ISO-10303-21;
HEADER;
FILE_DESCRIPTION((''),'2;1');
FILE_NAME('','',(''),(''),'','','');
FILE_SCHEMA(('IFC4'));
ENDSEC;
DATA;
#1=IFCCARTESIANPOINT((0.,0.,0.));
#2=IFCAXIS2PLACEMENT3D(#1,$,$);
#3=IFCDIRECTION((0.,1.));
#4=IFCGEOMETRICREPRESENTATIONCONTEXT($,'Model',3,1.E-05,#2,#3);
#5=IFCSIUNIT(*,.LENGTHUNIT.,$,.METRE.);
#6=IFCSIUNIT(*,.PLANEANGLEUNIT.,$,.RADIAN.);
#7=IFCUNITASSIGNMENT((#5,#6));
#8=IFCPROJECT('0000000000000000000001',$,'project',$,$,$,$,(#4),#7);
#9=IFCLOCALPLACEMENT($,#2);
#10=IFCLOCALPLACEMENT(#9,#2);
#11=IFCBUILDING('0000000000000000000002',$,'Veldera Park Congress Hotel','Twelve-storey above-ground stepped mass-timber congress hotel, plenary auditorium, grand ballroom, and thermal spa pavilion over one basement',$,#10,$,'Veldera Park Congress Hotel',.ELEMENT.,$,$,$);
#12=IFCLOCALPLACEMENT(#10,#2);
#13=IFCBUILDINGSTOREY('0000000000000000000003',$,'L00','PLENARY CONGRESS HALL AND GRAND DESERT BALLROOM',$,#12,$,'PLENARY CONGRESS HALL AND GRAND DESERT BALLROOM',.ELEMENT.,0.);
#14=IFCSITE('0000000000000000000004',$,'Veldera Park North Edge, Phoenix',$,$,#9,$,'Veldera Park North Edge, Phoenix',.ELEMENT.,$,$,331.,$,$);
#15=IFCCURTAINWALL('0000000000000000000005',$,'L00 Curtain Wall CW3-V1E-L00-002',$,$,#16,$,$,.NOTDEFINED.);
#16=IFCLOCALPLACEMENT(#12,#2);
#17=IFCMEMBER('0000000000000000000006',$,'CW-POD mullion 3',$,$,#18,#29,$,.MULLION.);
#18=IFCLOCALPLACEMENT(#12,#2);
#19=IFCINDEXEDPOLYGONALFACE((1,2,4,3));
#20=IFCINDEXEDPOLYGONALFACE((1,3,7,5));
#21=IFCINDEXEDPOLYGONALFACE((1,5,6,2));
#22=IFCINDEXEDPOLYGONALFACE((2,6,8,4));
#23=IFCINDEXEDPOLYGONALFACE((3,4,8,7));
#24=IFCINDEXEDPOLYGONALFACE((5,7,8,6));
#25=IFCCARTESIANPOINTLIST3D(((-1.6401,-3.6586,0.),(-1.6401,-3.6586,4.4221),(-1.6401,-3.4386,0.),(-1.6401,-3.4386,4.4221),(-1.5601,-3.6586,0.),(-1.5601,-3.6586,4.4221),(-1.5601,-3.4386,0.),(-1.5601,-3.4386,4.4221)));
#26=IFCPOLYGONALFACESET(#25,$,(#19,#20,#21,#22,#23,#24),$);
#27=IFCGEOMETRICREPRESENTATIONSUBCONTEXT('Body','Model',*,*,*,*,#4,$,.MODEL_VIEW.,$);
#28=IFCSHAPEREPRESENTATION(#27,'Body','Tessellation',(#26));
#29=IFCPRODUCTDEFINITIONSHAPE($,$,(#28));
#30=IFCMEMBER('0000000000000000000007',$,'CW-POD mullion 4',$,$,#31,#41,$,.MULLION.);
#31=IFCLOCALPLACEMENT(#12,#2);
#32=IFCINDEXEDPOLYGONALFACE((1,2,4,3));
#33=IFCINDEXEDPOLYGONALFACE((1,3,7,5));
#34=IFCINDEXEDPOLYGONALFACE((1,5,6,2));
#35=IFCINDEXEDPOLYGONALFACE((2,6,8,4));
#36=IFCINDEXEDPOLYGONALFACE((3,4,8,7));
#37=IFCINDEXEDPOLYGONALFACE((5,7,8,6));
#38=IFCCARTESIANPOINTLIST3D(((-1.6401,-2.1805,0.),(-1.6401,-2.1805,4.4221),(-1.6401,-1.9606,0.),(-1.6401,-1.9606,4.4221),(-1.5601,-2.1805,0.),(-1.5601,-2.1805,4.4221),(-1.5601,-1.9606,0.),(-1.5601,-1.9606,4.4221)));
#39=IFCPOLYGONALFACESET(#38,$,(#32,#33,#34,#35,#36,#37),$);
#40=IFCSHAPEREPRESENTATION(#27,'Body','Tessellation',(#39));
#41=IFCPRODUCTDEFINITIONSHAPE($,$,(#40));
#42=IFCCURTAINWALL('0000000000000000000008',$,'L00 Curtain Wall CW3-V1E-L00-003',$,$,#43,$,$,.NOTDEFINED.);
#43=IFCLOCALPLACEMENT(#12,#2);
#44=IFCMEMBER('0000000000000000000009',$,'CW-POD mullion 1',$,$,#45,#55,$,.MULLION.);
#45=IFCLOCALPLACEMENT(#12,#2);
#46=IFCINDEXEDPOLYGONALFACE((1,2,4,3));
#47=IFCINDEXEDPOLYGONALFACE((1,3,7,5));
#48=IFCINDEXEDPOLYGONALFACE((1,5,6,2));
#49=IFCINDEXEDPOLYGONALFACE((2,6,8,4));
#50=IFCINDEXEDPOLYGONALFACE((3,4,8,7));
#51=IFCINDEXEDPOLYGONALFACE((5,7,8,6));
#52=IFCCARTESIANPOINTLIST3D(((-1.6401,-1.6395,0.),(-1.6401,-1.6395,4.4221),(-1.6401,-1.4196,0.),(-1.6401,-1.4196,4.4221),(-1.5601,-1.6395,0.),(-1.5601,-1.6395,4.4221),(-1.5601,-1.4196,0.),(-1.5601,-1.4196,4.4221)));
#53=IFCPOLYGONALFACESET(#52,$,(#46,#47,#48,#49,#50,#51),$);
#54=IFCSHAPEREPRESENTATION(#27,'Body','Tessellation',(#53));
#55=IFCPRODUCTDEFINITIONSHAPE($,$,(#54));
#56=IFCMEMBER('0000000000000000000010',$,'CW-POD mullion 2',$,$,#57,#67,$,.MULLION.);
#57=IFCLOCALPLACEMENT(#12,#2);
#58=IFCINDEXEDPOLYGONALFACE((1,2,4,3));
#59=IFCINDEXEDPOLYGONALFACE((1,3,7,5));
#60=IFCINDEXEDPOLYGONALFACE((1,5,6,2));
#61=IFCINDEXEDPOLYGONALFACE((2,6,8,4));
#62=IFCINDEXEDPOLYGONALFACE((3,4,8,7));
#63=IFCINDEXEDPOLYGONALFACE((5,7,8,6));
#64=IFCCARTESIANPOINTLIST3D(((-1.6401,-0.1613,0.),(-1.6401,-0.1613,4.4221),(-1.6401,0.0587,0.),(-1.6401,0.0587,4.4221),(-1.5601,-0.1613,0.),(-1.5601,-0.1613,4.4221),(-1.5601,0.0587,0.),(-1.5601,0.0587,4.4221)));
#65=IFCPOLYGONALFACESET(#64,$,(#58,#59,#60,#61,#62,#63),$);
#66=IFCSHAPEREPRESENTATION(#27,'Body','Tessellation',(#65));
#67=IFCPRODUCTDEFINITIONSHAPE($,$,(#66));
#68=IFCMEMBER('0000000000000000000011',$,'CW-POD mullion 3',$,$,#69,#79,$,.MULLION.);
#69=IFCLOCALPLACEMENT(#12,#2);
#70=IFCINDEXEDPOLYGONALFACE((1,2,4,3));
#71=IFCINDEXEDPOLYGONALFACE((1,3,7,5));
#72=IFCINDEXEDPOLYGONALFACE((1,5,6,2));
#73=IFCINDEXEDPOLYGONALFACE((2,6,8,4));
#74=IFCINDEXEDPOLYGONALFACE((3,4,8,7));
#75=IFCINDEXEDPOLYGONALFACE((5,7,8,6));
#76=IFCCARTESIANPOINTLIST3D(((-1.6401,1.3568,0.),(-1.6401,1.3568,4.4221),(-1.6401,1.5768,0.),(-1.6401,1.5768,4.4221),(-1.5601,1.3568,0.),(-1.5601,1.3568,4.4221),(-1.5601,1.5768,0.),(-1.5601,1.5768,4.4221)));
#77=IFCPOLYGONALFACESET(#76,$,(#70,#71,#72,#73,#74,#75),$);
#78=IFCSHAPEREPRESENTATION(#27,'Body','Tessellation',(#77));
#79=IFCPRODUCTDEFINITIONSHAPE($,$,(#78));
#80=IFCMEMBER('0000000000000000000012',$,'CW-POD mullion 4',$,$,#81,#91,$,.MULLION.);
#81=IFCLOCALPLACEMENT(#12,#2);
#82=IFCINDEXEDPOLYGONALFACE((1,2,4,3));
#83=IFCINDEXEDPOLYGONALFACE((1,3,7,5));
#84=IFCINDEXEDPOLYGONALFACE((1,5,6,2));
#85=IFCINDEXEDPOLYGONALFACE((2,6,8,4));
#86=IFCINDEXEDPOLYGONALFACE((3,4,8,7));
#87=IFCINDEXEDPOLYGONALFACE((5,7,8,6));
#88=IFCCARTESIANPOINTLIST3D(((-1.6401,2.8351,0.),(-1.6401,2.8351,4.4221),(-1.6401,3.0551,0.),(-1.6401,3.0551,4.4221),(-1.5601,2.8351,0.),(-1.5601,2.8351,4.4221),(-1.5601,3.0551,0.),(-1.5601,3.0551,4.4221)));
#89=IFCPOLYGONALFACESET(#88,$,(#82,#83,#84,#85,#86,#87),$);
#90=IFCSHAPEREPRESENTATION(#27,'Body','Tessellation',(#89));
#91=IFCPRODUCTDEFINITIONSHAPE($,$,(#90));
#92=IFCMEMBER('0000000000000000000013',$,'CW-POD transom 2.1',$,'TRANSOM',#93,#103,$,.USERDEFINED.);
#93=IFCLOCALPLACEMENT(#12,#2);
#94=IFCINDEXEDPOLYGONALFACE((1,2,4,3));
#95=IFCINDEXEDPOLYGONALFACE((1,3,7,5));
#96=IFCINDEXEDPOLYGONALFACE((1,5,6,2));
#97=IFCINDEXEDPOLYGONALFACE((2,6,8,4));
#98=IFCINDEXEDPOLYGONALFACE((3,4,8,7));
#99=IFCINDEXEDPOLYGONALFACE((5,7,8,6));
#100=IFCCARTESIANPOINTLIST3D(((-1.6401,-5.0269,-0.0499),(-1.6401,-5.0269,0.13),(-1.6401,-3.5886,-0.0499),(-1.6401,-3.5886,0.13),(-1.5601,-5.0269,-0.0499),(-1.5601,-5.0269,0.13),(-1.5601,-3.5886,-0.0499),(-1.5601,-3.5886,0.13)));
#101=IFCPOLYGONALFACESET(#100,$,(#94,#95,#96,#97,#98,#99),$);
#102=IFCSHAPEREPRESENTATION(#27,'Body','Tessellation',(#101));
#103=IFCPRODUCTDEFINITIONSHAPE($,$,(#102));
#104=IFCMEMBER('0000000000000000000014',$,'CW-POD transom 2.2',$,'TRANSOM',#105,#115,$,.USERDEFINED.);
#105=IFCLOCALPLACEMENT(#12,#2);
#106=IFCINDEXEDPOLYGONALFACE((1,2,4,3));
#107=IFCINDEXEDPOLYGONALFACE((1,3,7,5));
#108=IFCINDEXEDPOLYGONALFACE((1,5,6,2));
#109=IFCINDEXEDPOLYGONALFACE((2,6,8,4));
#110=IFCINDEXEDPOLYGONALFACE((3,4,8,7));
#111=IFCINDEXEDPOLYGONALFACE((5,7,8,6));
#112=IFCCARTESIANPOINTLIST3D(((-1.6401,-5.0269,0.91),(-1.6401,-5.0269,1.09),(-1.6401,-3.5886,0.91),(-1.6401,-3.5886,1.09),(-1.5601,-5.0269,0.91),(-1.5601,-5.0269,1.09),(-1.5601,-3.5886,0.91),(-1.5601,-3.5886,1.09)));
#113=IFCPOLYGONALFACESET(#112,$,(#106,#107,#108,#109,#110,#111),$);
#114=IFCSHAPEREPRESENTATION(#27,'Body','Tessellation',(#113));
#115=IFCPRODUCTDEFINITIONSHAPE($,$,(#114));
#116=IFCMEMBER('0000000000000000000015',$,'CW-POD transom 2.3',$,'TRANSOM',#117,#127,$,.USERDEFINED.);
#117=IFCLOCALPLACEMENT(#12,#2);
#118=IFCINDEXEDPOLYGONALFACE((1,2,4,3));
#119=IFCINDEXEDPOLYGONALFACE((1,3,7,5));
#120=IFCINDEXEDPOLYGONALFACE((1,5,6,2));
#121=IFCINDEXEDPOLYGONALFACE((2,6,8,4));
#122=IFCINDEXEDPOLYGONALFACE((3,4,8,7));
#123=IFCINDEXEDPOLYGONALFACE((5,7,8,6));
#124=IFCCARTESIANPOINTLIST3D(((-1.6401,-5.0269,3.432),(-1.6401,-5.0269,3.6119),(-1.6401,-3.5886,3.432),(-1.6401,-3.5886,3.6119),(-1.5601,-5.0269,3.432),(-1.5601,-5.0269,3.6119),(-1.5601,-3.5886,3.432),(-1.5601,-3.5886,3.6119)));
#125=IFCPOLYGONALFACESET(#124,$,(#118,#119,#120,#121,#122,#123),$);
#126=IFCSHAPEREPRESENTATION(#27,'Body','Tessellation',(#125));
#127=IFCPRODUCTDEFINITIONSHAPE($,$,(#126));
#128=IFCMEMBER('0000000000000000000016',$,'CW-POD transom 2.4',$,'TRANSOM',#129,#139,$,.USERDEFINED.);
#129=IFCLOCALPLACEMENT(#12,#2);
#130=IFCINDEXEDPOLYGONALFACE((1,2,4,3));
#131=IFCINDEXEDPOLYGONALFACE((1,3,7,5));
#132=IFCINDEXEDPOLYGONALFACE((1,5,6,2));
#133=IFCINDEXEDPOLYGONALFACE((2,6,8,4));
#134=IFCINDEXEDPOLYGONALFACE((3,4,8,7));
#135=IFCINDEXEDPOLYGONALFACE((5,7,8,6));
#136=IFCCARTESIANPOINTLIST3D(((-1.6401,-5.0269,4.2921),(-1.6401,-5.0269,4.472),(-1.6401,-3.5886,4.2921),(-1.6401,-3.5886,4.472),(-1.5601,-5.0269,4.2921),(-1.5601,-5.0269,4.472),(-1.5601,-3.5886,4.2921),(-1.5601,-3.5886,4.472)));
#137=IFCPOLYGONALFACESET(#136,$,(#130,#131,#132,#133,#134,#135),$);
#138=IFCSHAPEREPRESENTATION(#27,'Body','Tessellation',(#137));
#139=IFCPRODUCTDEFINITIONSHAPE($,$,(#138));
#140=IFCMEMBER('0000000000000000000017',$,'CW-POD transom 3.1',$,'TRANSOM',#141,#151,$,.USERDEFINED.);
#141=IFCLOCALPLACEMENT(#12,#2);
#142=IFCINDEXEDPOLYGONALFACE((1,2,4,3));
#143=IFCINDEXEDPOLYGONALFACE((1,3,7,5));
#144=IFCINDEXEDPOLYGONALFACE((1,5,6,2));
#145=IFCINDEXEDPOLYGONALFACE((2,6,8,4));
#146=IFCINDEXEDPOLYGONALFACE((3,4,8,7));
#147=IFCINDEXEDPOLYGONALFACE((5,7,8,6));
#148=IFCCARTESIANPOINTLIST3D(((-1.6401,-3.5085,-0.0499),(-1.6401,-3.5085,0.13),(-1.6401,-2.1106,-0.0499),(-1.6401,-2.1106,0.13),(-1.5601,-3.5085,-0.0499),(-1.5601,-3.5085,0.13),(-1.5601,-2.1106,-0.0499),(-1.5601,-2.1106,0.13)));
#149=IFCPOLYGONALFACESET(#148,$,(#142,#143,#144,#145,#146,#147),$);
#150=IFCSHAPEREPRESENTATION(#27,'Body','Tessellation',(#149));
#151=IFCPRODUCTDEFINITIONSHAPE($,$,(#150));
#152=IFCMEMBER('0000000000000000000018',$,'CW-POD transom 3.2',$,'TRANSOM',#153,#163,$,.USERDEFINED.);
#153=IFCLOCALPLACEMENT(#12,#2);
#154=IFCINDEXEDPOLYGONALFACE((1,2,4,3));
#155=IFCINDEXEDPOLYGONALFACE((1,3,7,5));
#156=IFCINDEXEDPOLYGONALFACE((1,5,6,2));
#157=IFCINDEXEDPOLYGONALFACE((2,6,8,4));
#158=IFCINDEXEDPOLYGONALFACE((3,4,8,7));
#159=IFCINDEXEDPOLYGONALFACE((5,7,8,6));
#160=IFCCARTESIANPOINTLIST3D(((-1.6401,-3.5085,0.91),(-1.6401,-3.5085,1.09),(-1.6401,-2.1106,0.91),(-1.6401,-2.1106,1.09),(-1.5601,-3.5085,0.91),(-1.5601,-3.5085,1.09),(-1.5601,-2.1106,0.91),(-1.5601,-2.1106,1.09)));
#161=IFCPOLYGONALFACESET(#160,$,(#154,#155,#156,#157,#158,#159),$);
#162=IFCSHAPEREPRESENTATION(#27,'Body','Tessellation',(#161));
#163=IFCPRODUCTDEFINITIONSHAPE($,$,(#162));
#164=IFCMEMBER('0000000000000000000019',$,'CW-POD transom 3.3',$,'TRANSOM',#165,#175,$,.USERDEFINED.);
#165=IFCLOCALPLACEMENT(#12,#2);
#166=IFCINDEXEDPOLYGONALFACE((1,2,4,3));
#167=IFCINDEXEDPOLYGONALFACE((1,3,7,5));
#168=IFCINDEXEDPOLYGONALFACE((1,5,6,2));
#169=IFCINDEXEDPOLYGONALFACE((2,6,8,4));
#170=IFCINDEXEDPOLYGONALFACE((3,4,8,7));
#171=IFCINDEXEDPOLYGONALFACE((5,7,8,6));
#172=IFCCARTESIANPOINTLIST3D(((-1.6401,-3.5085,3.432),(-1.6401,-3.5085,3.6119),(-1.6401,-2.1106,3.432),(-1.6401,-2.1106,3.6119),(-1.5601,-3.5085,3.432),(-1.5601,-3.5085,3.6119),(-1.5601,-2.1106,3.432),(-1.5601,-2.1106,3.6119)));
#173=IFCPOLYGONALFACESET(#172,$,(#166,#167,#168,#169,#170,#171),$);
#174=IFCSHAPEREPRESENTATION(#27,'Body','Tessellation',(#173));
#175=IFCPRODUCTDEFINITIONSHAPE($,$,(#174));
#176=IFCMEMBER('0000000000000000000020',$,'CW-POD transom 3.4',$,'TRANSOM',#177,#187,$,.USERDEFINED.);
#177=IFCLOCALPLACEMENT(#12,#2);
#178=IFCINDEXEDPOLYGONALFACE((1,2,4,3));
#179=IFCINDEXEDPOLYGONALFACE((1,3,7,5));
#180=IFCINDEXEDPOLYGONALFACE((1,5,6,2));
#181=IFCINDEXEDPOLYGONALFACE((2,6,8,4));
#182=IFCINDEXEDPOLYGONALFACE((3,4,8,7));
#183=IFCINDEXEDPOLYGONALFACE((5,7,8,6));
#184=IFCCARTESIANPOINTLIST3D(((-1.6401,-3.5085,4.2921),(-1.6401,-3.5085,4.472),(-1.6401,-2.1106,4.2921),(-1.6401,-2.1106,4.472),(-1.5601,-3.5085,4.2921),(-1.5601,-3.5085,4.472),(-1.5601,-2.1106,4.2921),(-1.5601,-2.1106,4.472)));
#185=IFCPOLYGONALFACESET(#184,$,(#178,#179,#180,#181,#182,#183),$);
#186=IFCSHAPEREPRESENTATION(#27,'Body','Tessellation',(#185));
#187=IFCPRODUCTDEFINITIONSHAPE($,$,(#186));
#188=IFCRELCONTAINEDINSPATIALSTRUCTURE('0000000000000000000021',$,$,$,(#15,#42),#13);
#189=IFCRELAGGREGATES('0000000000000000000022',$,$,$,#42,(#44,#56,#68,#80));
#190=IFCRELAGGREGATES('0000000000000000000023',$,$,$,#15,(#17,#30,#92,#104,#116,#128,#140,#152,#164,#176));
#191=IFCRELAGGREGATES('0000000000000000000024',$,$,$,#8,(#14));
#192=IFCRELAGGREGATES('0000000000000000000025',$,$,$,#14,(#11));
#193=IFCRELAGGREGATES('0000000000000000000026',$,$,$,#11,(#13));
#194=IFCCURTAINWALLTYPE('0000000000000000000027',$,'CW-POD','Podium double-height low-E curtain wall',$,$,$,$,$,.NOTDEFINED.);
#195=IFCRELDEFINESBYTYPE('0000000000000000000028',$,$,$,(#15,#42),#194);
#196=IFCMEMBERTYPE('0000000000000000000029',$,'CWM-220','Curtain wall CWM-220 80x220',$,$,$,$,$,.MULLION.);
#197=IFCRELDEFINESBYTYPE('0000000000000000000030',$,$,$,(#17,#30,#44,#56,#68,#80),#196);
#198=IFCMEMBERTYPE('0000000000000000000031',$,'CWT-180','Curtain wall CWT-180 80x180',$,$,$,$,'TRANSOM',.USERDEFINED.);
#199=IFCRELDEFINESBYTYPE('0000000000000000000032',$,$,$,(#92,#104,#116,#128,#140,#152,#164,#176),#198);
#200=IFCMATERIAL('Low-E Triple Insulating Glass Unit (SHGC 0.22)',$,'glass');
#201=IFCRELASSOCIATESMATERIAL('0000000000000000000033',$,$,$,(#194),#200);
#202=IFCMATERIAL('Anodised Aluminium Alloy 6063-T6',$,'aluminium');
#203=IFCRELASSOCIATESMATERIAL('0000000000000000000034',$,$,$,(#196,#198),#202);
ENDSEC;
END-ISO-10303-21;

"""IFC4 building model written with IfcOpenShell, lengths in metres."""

from ifc_helpers import new_model, si_unit, direction, frame, origin, origin_2d, place, context, subcontext, project, spatial, rectangle, extrude, material, material_profile, profile_set, type_object, element, aggregate, save


model = new_model("IFC4")

# Units and contexts
model_context = context("Model", 3, precision=1e-05, world=origin(), true_north=direction((0.0, 1.0)))
body_context = subcontext(model_context, "Body", "Model", "MODEL_VIEW")
ifc_project = project(units=[si_unit("LENGTHUNIT", "METRE"), si_unit("PLANEANGLEUNIT", "RADIAN")], contexts=[model_context])

# Site, building, storey
site_placement = place(None, origin())
site = spatial("IfcSite", under=ifc_project, at=site_placement, Name="Veldera Park North Edge, Phoenix", LongName="Veldera Park North Edge, Phoenix", CompositionType="ELEMENT", RefElevation=331.0)
building_placement = place(site_placement, origin())
building = spatial("IfcBuilding", under=site, at=building_placement, Name="Veldera Park Congress Hotel", Description="Twelve-storey above-ground stepped mass-timber congress hotel, plenary auditorium, grand ballroom, and thermal spa pavilion over one basement", LongName="Veldera Park Congress Hotel", CompositionType="ELEMENT")
storey_placement = place(building_placement, origin())
storey = spatial("IfcBuildingStorey", under=building, at=storey_placement, Name="L00", Description="PLENARY CONGRESS HALL AND GRAND DESERT BALLROOM", LongName="PLENARY CONGRESS HALL AND GRAND DESERT BALLROOM", CompositionType="ELEMENT", Elevation=0.0)

# Curtain walls, members
ifc_material_1 = material(Name="Low-E Triple Insulating Glass Unit (SHGC 0.22)", Category="glass")
curtain_wall_type = type_object("IfcCurtainWallType", Name="CW-POD", Description="Podium double-height low-E curtain wall", PredefinedType="NOTDEFINED", material=ifc_material_1)
curtain_wall_1_placement = place(storey_placement, origin())
curtain_wall_1 = element("IfcCurtainWall", 1, at=curtain_wall_1_placement, inside=storey, type_object=curtain_wall_type, Name="L00 Curtain Wall CW3-V1E-L00-002", PredefinedType="NOTDEFINED")
ifc_material_2 = material(Name="Anodised Aluminium Alloy 6063-T6", Category="aluminium")
ifc_material_profile_1 = material_profile(ifc_material_2, rectangle(XDim=0.0801, YDim=0.22, at=origin_2d()), Name="ALU 80x220")
ifc_profile_set_1 = profile_set([ifc_material_profile_1], Name="Anodised Aluminium Alloy 6063-T6")
member_type_1 = type_object("IfcMemberType", Name="CWM-220", Description="Curtain wall CWM-220 80x220", PredefinedType="MULLION", material=ifc_profile_set_1)
member_1_placement = place(storey_placement, frame((-1.6001, -3.5486, 0.0), z_axis=(0.0, 0.0, 1.0), x_axis=(-1.0, 0.0, 0.0)))
member_1 = element("IfcMember", 2, at=member_1_placement, type_object=member_type_1, Name="CW-POD mullion 3", PredefinedType="MULLION", context=body_context, shape_type="SweptSolid", body=[
    extrude(rectangle(XDim=0.0801, YDim=0.22, at=origin_2d()), origin(), (0.0, 0.0, 1.0), 4.4221),
])
member_2_placement = place(storey_placement, frame((-1.6001, -2.0706, 0.0), z_axis=(0.0, 0.0, 1.0), x_axis=(-1.0, 0.0, 0.0)))
member_2 = element("IfcMember", 3, at=member_2_placement, type_object=member_type_1, Name="CW-POD mullion 4", PredefinedType="MULLION", context=body_context, shape_type="SweptSolid", body=[
    extrude(rectangle(XDim=0.0801, YDim=0.22, at=origin_2d()), origin(), (0.0, 0.0, 1.0), 4.4221),
])
curtain_wall_2_placement = place(storey_placement, origin())
curtain_wall_2 = element("IfcCurtainWall", 4, at=curtain_wall_2_placement, inside=storey, type_object=curtain_wall_type, Name="L00 Curtain Wall CW3-V1E-L00-003", PredefinedType="NOTDEFINED")
member_3_placement = place(storey_placement, frame((-1.6001, -1.5295, 0.0), z_axis=(0.0, 0.0, 1.0), x_axis=(-1.0, 0.0, 0.0)))
member_3 = element("IfcMember", 5, at=member_3_placement, type_object=member_type_1, Name="CW-POD mullion 1", PredefinedType="MULLION", context=body_context, shape_type="SweptSolid", body=[
    extrude(rectangle(XDim=0.0801, YDim=0.22, at=origin_2d()), origin(), (0.0, 0.0, 1.0), 4.4221),
])
member_4_placement = place(storey_placement, frame((-1.6001, -0.0513, 0.0), z_axis=(0.0, 0.0, 1.0), x_axis=(-1.0, 0.0, 0.0)))
member_4 = element("IfcMember", 6, at=member_4_placement, type_object=member_type_1, Name="CW-POD mullion 2", PredefinedType="MULLION", context=body_context, shape_type="SweptSolid", body=[
    extrude(rectangle(XDim=0.0801, YDim=0.22, at=origin_2d()), origin(), (0.0, 0.0, 1.0), 4.4221),
])
member_5_placement = place(storey_placement, frame((-1.6001, 1.4668, 0.0), z_axis=(0.0, 0.0, 1.0), x_axis=(-1.0, 0.0, 0.0)))
member_5 = element("IfcMember", 7, at=member_5_placement, type_object=member_type_1, Name="CW-POD mullion 3", PredefinedType="MULLION", context=body_context, shape_type="SweptSolid", body=[
    extrude(rectangle(XDim=0.0801, YDim=0.22, at=origin_2d()), origin(), (0.0, 0.0, 1.0), 4.4221),
])
member_6_placement = place(storey_placement, frame((-1.6001, 2.9451, 0.0), z_axis=(0.0, 0.0, 1.0), x_axis=(-1.0, 0.0, 0.0)))
member_6 = element("IfcMember", 8, at=member_6_placement, type_object=member_type_1, Name="CW-POD mullion 4", PredefinedType="MULLION", context=body_context, shape_type="SweptSolid", body=[
    extrude(rectangle(XDim=0.0801, YDim=0.22, at=origin_2d()), origin(), (0.0, 0.0, 1.0), 4.4221),
])
aggregate(curtain_wall_2, [member_3, member_4, member_5, member_6])

# Members
ifc_material_profile_2 = material_profile(ifc_material_2, rectangle(XDim=0.0801, YDim=0.1799, at=origin_2d()), Name="ALU 80x180")
ifc_profile_set_2 = profile_set([ifc_material_profile_2], Name="Anodised Aluminium Alloy 6063-T6")
member_type_2 = type_object("IfcMemberType", Name="CWT-180", Description="Curtain wall CWT-180 80x180", ElementType="TRANSOM", PredefinedType="USERDEFINED", material=ifc_profile_set_2)
member_7_placement = place(storey_placement, frame((-1.6001, -5.0269, 0.04), z_axis=(0.0, 1.0, 0.0), x_axis=(-1.0, 0.0, 0.0)))
member_7 = element("IfcMember", 9, at=member_7_placement, type_object=member_type_2, Name="CW-POD transom 2.1", ObjectType="TRANSOM", PredefinedType="USERDEFINED", context=body_context, shape_type="SweptSolid", body=[
    extrude(rectangle(XDim=0.0801, YDim=0.1799, at=origin_2d()), origin(), (0.0, 0.0, 1.0), 1.4382),
])
member_8_placement = place(storey_placement, frame((-1.6001, -5.0269, 1.0), z_axis=(0.0, 1.0, 0.0), x_axis=(-1.0, 0.0, 0.0)))
member_8 = element("IfcMember", 10, at=member_8_placement, type_object=member_type_2, Name="CW-POD transom 2.2", ObjectType="TRANSOM", PredefinedType="USERDEFINED", context=body_context, shape_type="SweptSolid", body=[
    extrude(rectangle(XDim=0.0801, YDim=0.1799, at=origin_2d()), origin(), (0.0, 0.0, 1.0), 1.4382),
])
member_9_placement = place(storey_placement, frame((-1.6001, -5.0269, 3.522), z_axis=(0.0, 1.0, 0.0), x_axis=(-1.0, 0.0, 0.0)))
member_9 = element("IfcMember", 11, at=member_9_placement, type_object=member_type_2, Name="CW-POD transom 2.3", ObjectType="TRANSOM", PredefinedType="USERDEFINED", context=body_context, shape_type="SweptSolid", body=[
    extrude(rectangle(XDim=0.0801, YDim=0.1799, at=origin_2d()), origin(), (0.0, 0.0, 1.0), 1.4382),
])
member_10_placement = place(storey_placement, frame((-1.6001, -5.0269, 4.3821), z_axis=(0.0, 1.0, 0.0), x_axis=(-1.0, 0.0, 0.0)))
member_10 = element("IfcMember", 12, at=member_10_placement, type_object=member_type_2, Name="CW-POD transom 2.4", ObjectType="TRANSOM", PredefinedType="USERDEFINED", context=body_context, shape_type="SweptSolid", body=[
    extrude(rectangle(XDim=0.0801, YDim=0.1799, at=origin_2d()), origin(), (0.0, 0.0, 1.0), 1.4382),
])
member_11_placement = place(storey_placement, frame((-1.6001, -3.5085, 0.04), z_axis=(0.0, 1.0, 0.0), x_axis=(-1.0, 0.0, 0.0)))
member_11 = element("IfcMember", 13, at=member_11_placement, type_object=member_type_2, Name="CW-POD transom 3.1", ObjectType="TRANSOM", PredefinedType="USERDEFINED", context=body_context, shape_type="SweptSolid", body=[
    extrude(rectangle(XDim=0.0801, YDim=0.1799, at=origin_2d()), origin(), (0.0, 0.0, 1.0), 1.3979),
])
member_12_placement = place(storey_placement, frame((-1.6001, -3.5085, 1.0), z_axis=(0.0, 1.0, 0.0), x_axis=(-1.0, 0.0, 0.0)))
member_12 = element("IfcMember", 14, at=member_12_placement, type_object=member_type_2, Name="CW-POD transom 3.2", ObjectType="TRANSOM", PredefinedType="USERDEFINED", context=body_context, shape_type="SweptSolid", body=[
    extrude(rectangle(XDim=0.0801, YDim=0.1799, at=origin_2d()), origin(), (0.0, 0.0, 1.0), 1.3979),
])
member_13_placement = place(storey_placement, frame((-1.6001, -3.5085, 3.522), z_axis=(0.0, 1.0, 0.0), x_axis=(-1.0, 0.0, 0.0)))
member_13 = element("IfcMember", 15, at=member_13_placement, type_object=member_type_2, Name="CW-POD transom 3.3", ObjectType="TRANSOM", PredefinedType="USERDEFINED", context=body_context, shape_type="SweptSolid", body=[
    extrude(rectangle(XDim=0.0801, YDim=0.1799, at=origin_2d()), origin(), (0.0, 0.0, 1.0), 1.3979),
])
member_14_placement = place(storey_placement, frame((-1.6001, -3.5085, 4.3821), z_axis=(0.0, 1.0, 0.0), x_axis=(-1.0, 0.0, 0.0)))
member_14 = element("IfcMember", 16, at=member_14_placement, type_object=member_type_2, Name="CW-POD transom 3.4", ObjectType="TRANSOM", PredefinedType="USERDEFINED", context=body_context, shape_type="SweptSolid", body=[
    extrude(rectangle(XDim=0.0801, YDim=0.1799, at=origin_2d()), origin(), (0.0, 0.0, 1.0), 1.3979),
])

aggregate(curtain_wall_1, [member_1, member_2, member_7, member_8, member_9, member_10, member_11, member_12, member_13, member_14])

save(model, "model.ifc")
